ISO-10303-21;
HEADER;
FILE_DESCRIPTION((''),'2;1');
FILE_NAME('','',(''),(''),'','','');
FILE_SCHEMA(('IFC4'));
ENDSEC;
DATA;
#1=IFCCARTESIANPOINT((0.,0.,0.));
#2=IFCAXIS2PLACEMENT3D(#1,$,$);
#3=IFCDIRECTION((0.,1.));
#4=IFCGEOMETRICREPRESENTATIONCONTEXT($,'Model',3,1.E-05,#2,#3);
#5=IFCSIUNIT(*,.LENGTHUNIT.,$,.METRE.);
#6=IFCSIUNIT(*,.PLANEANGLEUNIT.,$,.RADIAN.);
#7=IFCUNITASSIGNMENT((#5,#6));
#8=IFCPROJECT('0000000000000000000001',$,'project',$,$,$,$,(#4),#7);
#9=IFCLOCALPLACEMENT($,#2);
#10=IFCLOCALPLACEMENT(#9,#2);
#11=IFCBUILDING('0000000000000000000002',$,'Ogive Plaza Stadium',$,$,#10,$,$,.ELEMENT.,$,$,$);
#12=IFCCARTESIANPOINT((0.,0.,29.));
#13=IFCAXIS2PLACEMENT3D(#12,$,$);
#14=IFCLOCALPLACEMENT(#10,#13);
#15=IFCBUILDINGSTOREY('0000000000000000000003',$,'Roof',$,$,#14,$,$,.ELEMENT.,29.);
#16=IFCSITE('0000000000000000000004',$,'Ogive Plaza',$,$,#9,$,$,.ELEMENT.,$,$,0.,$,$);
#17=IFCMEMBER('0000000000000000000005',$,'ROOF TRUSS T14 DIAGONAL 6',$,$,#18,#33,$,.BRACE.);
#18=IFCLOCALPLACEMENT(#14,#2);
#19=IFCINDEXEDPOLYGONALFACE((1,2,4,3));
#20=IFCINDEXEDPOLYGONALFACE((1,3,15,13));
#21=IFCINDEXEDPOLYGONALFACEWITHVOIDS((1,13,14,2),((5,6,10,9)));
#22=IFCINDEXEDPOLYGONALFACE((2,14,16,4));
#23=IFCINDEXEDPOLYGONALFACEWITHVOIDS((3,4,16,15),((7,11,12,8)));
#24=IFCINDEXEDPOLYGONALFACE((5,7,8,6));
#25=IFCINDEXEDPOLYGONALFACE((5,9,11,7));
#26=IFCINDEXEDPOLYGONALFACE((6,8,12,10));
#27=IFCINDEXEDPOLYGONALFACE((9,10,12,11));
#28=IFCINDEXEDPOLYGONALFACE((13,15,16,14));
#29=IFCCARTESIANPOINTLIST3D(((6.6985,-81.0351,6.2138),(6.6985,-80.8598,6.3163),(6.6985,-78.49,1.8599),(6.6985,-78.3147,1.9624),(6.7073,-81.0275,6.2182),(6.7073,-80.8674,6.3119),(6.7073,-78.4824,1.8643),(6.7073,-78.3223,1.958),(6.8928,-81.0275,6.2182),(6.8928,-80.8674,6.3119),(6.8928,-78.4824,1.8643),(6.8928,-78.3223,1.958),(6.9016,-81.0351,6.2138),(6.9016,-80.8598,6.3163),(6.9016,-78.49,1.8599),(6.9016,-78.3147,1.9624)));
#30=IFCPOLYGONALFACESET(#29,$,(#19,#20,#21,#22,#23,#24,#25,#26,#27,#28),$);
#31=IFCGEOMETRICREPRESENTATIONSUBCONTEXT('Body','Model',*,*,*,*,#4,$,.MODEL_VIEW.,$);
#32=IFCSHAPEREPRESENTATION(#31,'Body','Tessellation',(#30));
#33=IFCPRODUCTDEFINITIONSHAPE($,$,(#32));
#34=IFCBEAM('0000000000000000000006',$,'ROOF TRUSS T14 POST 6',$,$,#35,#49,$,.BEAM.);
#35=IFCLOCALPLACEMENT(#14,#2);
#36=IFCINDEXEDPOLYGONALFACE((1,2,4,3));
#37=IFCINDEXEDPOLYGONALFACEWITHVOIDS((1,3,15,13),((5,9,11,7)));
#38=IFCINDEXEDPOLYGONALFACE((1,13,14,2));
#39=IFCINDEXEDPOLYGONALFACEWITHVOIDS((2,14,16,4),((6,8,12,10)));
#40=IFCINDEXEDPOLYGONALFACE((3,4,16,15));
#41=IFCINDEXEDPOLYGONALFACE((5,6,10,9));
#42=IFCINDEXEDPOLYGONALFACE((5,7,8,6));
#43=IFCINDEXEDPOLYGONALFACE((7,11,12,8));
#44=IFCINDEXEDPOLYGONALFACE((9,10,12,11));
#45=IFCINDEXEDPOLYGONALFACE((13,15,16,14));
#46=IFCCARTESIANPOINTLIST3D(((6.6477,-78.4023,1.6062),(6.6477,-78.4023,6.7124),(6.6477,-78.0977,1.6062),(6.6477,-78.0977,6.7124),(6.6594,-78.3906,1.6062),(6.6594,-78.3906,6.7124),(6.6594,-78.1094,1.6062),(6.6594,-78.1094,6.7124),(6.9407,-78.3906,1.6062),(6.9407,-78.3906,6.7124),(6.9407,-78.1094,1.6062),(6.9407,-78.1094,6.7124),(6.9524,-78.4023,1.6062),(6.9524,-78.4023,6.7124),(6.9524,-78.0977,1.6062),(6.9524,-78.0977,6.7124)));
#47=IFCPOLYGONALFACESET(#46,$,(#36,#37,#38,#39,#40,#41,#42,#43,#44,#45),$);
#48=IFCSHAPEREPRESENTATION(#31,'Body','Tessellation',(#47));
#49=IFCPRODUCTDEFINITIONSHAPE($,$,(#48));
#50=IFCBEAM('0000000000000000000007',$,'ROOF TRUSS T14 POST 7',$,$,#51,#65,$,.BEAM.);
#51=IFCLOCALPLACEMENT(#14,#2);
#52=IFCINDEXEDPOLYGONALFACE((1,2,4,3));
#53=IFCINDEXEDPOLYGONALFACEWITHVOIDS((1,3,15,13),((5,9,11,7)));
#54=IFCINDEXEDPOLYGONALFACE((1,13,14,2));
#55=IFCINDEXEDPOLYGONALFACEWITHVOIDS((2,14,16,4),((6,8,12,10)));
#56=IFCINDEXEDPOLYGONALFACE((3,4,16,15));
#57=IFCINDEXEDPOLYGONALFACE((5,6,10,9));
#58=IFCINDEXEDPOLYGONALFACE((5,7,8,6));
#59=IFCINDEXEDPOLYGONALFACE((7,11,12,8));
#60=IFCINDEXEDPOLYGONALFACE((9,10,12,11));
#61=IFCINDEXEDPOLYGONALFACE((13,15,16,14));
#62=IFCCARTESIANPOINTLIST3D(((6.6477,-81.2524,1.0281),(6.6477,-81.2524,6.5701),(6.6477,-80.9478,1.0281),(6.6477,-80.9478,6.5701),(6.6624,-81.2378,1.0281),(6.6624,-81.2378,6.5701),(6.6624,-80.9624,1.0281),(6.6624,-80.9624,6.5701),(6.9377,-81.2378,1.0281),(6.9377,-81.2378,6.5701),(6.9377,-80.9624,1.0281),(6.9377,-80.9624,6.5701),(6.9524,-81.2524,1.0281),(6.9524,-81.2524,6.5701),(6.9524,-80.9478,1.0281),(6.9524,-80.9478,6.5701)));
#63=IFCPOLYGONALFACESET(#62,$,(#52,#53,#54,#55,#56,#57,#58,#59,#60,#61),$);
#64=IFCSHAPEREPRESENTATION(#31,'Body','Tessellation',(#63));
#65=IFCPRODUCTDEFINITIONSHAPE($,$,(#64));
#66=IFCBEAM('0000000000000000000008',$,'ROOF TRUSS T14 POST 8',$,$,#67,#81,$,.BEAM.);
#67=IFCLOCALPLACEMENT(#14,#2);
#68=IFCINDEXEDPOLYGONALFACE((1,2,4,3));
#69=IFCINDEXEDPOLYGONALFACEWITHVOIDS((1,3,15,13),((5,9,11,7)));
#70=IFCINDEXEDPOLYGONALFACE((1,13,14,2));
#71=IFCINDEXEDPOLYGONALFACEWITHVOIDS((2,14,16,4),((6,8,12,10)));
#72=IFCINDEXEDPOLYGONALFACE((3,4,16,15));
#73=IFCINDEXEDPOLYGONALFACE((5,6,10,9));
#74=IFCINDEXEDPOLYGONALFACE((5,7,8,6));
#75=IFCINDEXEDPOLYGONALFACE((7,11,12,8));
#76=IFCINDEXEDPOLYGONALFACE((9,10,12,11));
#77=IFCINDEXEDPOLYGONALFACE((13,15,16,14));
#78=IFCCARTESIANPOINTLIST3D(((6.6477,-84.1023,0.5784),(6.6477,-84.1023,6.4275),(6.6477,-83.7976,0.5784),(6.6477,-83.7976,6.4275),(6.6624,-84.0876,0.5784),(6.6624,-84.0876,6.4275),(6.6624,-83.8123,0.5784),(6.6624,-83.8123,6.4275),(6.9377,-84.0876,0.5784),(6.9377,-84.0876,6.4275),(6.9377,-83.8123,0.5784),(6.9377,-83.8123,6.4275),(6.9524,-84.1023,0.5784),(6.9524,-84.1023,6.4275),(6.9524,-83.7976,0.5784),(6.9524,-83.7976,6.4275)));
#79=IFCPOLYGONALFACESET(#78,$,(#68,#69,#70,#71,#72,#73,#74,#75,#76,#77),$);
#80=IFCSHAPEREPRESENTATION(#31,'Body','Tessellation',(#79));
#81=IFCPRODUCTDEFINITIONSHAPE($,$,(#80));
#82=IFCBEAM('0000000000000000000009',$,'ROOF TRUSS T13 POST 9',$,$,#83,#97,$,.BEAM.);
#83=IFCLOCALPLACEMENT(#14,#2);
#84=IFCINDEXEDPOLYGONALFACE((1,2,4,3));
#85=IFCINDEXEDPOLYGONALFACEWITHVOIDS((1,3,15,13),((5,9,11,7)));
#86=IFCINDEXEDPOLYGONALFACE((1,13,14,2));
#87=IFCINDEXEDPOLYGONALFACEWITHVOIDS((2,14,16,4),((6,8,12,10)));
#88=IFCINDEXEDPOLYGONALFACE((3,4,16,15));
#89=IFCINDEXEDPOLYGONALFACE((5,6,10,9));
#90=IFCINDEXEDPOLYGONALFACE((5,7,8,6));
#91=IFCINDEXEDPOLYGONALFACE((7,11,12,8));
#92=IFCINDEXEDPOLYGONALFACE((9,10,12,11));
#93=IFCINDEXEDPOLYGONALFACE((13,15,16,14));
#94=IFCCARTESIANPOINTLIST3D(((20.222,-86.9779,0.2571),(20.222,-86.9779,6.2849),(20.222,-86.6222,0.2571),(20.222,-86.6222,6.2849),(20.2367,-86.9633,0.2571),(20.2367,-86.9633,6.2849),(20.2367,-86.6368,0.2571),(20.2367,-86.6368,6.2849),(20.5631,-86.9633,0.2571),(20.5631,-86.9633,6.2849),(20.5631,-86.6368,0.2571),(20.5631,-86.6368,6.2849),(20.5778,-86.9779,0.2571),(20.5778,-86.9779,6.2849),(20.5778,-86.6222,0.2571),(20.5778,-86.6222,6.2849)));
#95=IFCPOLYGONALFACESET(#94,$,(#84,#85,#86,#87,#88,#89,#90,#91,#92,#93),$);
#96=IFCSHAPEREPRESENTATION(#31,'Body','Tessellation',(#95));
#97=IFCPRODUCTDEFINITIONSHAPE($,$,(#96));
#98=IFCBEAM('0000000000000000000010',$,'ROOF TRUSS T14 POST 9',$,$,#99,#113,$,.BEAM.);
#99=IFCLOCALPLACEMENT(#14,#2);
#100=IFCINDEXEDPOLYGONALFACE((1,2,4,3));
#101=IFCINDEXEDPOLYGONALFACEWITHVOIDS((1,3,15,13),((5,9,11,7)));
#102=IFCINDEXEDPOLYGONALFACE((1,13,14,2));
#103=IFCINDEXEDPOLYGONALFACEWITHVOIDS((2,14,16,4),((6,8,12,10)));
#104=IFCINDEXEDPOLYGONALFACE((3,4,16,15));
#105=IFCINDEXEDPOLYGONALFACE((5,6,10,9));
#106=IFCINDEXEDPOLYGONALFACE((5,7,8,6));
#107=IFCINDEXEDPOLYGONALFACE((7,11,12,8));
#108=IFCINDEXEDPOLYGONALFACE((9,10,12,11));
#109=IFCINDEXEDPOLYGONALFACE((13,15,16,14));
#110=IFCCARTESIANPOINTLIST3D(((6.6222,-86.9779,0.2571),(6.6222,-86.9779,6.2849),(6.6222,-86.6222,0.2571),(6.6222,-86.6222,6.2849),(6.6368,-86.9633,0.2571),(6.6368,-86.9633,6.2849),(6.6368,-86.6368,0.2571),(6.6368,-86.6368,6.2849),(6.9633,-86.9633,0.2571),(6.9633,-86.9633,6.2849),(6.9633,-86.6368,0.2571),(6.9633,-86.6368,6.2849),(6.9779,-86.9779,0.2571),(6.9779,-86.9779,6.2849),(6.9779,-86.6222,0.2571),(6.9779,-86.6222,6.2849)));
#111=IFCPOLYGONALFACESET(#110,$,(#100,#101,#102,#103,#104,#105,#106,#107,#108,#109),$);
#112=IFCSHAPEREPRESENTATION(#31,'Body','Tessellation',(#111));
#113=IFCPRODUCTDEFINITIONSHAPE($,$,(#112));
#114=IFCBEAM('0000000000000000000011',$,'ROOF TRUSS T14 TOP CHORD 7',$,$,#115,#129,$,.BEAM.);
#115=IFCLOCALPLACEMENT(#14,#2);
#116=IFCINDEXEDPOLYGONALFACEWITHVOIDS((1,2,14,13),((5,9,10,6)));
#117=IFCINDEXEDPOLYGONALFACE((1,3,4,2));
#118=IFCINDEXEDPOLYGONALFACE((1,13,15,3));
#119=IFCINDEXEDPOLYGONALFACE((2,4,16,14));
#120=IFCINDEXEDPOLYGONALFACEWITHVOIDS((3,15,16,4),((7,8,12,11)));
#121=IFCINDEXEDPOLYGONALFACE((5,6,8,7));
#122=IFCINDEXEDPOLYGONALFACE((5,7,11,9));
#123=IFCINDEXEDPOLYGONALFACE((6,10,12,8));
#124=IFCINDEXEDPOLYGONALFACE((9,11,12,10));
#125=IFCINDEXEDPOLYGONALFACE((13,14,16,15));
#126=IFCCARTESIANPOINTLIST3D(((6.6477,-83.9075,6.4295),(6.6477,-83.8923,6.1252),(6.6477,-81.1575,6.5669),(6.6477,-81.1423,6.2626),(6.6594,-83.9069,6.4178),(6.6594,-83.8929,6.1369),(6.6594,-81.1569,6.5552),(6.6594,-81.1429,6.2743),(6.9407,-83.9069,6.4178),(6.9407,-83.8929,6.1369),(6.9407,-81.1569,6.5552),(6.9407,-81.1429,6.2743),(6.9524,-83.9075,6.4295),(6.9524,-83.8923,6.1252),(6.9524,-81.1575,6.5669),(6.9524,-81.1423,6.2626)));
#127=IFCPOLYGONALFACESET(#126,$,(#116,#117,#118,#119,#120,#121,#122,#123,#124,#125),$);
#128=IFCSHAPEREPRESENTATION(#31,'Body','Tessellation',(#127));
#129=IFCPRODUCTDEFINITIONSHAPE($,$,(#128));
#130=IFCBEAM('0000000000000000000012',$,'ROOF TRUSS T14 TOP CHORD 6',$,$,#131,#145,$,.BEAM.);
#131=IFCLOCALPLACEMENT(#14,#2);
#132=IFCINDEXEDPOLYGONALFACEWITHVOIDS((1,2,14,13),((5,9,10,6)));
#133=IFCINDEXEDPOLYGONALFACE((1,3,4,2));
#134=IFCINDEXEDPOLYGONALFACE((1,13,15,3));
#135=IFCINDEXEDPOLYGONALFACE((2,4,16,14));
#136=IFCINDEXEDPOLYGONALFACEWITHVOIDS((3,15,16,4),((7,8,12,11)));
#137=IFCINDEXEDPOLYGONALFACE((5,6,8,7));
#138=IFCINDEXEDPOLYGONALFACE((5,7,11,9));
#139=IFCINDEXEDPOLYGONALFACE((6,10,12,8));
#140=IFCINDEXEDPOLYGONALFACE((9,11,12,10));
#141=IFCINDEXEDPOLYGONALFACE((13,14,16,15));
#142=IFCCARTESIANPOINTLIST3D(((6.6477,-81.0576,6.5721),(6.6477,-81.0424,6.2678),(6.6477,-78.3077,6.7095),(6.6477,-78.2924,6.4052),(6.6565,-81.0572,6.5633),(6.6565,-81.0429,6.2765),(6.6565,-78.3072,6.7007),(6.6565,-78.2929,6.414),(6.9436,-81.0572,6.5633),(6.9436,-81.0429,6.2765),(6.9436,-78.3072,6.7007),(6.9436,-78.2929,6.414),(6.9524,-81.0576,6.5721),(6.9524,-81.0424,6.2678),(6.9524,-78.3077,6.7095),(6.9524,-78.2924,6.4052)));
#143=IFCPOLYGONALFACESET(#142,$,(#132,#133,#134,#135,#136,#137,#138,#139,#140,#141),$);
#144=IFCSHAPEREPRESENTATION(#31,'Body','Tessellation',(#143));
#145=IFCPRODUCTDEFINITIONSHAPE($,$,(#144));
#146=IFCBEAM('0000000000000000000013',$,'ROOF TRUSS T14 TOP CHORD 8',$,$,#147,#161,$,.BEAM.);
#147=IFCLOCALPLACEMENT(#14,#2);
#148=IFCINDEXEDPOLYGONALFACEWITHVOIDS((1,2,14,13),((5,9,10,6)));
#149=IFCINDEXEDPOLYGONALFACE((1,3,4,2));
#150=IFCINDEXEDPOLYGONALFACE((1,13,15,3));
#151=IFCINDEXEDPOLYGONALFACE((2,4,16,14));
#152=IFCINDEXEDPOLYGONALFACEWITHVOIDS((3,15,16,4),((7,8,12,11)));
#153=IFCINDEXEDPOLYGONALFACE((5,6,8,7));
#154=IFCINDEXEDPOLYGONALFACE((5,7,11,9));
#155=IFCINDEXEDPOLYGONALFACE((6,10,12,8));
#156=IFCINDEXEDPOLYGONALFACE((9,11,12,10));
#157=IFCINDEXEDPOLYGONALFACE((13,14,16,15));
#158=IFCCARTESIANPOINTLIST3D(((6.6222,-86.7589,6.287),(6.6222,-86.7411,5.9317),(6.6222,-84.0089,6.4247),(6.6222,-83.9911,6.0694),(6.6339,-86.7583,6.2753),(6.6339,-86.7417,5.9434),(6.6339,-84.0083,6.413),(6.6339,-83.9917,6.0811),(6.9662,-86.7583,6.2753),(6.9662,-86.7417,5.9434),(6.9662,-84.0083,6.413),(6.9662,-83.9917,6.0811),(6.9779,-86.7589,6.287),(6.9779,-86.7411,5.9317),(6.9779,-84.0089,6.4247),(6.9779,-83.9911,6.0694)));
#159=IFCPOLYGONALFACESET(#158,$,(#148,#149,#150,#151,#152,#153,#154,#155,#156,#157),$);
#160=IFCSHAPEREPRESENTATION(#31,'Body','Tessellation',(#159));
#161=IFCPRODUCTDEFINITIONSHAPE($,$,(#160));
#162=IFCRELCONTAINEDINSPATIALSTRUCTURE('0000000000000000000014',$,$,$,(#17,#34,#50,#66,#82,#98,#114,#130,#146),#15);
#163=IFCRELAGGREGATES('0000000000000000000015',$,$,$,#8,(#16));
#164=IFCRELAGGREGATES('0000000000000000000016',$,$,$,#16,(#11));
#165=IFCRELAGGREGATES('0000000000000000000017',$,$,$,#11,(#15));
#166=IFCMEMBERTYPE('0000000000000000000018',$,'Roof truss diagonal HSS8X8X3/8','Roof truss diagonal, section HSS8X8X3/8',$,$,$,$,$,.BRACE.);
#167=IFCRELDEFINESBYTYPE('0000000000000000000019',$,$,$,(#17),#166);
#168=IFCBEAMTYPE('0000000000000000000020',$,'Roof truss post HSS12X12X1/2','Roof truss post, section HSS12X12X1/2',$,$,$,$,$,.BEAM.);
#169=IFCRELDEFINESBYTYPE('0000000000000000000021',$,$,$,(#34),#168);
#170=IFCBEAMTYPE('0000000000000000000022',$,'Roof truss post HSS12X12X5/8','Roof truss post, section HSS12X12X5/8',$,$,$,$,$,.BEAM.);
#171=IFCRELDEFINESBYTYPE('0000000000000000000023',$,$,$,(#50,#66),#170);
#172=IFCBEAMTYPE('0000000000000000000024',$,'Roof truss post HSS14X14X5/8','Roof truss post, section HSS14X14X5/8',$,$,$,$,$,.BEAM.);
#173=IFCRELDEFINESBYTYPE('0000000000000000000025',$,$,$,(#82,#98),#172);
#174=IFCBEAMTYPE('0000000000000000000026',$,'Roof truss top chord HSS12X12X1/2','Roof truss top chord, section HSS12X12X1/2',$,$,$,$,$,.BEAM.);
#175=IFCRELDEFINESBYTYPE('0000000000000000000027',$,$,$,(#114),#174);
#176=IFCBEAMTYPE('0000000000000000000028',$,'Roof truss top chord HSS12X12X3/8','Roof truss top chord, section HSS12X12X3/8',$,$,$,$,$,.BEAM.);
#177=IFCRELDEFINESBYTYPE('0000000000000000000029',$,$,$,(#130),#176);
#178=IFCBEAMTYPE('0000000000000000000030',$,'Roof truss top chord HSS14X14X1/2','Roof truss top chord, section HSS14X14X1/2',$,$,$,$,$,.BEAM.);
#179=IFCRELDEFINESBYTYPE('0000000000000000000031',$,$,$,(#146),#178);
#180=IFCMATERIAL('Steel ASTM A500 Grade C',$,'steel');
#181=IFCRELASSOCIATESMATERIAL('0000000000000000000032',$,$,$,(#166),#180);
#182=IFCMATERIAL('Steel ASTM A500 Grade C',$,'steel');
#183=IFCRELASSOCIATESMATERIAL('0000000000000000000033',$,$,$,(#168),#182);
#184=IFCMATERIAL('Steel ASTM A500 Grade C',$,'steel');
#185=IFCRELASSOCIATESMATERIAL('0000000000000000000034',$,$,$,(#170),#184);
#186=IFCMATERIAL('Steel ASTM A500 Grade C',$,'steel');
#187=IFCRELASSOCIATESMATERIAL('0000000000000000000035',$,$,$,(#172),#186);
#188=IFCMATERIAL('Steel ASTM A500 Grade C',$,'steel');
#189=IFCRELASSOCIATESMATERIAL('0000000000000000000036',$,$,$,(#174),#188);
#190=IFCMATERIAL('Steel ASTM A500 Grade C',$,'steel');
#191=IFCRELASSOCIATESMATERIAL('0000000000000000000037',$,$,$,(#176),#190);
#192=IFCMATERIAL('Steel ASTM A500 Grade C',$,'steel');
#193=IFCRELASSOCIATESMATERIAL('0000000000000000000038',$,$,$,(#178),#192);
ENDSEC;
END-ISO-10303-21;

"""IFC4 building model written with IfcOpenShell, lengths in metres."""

from ifc_helpers import new_model, si_unit, direction, frame, origin, origin_2d, place, context, subcontext, project, spatial, hollow_rectangle, extrude, material, material_profile, profile_set, type_object, element, save


model = new_model("IFC4")

# Units and contexts
model_context = context("Model", 3, precision=1e-05, world=origin(), true_north=direction((0.0, 1.0)))
body_context = subcontext(model_context, "Body", "Model", "MODEL_VIEW")
ifc_project = project(units=[si_unit("LENGTHUNIT", "METRE"), si_unit("PLANEANGLEUNIT", "RADIAN")], contexts=[model_context])

# Site, building, storey
site_placement = place(None, origin())
site = spatial("IfcSite", under=ifc_project, at=site_placement, Name="Ogive Plaza", CompositionType="ELEMENT", RefElevation=0.0)
building_placement = place(site_placement, origin())
building = spatial("IfcBuilding", under=site, at=building_placement, Name="Ogive Plaza Stadium", CompositionType="ELEMENT")
storey_placement = place(building_placement, frame((0.0, 0.0, 29.0)))
storey = spatial("IfcBuildingStorey", under=building, at=storey_placement, Name="Roof", CompositionType="ELEMENT", Elevation=29.0)

# Member
ifc_material_1 = material(Name="Steel ASTM A500 Grade C", Category="steel")
ifc_material_profile_1 = material_profile(ifc_material_1, hollow_rectangle(XDim=0.2031, YDim=0.2031, WallThickness=0.0088, at=origin_2d()), Name="HSS8X8X3/8")
ifc_profile_set_1 = profile_set([ifc_material_profile_1], Name="Steel ASTM A500 Grade C")
member_type_1 = type_object("IfcMemberType", Name="Roof truss diagonal HSS8X8X3/8", Description="Roof truss diagonal, section HSS8X8X3/8", PredefinedType="BRACE", material=ifc_profile_set_1)
member_1_placement = place(storey_placement, frame((6.8, -78.4023, 1.9111), z_axis=(0.0, -0.504659, 0.863319), x_axis=(1.0, 0.0, 0.0)))
element("IfcMember", 1, at=member_1_placement, inside=storey, type_object=member_type_1, Name="ROOF TRUSS T14 DIAGONAL 6", PredefinedType="BRACE", context=body_context, shape_type="SweptSolid", body=[
    extrude(hollow_rectangle(XDim=0.2031, YDim=0.2031, WallThickness=0.0088, at=origin_2d()), origin(), (0.0, 0.0, 1.0), 5.0432),
])

# Beams
ifc_material_2 = material(Name="Steel ASTM A500 Grade C", Category="steel")
ifc_material_profile_2 = material_profile(ifc_material_2, hollow_rectangle(XDim=0.3047, YDim=0.3047, WallThickness=0.0117, at=origin_2d()), Name="HSS12X12X1/2")
ifc_profile_set_2 = profile_set([ifc_material_profile_2], Name="Steel ASTM A500 Grade C")
beam_type_1 = type_object("IfcBeamType", Name="Roof truss post HSS12X12X1/2", Description="Roof truss post, section HSS12X12X1/2", PredefinedType="BEAM", material=ifc_profile_set_2)
beam_1_placement = place(storey_placement, frame((6.8, -78.25, 1.6062), z_axis=(0.0, 0.0, 1.0), x_axis=(1.0, 0.0, 0.0)))
element("IfcBeam", 2, at=beam_1_placement, inside=storey, type_object=beam_type_1, Name="ROOF TRUSS T14 POST 6", PredefinedType="BEAM", context=body_context, shape_type="SweptSolid", body=[
    extrude(hollow_rectangle(XDim=0.3047, YDim=0.3047, WallThickness=0.0117, at=origin_2d()), origin(), (0.0, 0.0, 1.0), 5.1062),
])
ifc_material_3 = material(Name="Steel ASTM A500 Grade C", Category="steel")
ifc_material_profile_3 = material_profile(ifc_material_3, hollow_rectangle(XDim=0.3047, YDim=0.3047, WallThickness=0.0146, at=origin_2d()), Name="HSS12X12X5/8")
ifc_profile_set_3 = profile_set([ifc_material_profile_3], Name="Steel ASTM A500 Grade C")
beam_type_2 = type_object("IfcBeamType", Name="Roof truss post HSS12X12X5/8", Description="Roof truss post, section HSS12X12X5/8", PredefinedType="BEAM", material=ifc_profile_set_3)
beam_2_placement = place(storey_placement, frame((6.8, -81.1001, 1.0281), z_axis=(0.0, 0.0, 1.0), x_axis=(1.0, 0.0, 0.0)))
element("IfcBeam", 3, at=beam_2_placement, inside=storey, type_object=beam_type_2, Name="ROOF TRUSS T14 POST 7", PredefinedType="BEAM", context=body_context, shape_type="SweptSolid", body=[
    extrude(hollow_rectangle(XDim=0.3047, YDim=0.3047, WallThickness=0.0146, at=origin_2d()), origin(), (0.0, 0.0, 1.0), 5.542),
])
beam_3_placement = place(storey_placement, frame((6.8, -83.95, 0.5784), z_axis=(0.0, 0.0, 1.0), x_axis=(1.0, 0.0, 0.0)))
element("IfcBeam", 4, at=beam_3_placement, inside=storey, type_object=beam_type_2, Name="ROOF TRUSS T14 POST 8", PredefinedType="BEAM", context=body_context, shape_type="SweptSolid", body=[
    extrude(hollow_rectangle(XDim=0.3047, YDim=0.3047, WallThickness=0.0146, at=origin_2d()), origin(), (0.0, 0.0, 1.0), 5.8491),
])
ifc_material_4 = material(Name="Steel ASTM A500 Grade C", Category="steel")
ifc_material_profile_4 = material_profile(ifc_material_4, hollow_rectangle(XDim=0.3557, YDim=0.3557, WallThickness=0.0146, at=origin_2d()), Name="HSS14X14X5/8")
ifc_profile_set_4 = profile_set([ifc_material_profile_4], Name="Steel ASTM A500 Grade C")
beam_type_3 = type_object("IfcBeamType", Name="Roof truss post HSS14X14X5/8", Description="Roof truss post, section HSS14X14X5/8", PredefinedType="BEAM", material=ifc_profile_set_4)
for number, where, z_axis, x_axis, name in (
    (5, (20.3999, -86.8, 0.2571), (0.0, 0.0, 1.0), (1.0, 0.0, 0.0), "ROOF TRUSS T13 POST 9"),
    (6, (6.8, -86.8, 0.2571), (0.0, 0.0, 1.0), (1.0, 0.0, 0.0), "ROOF TRUSS T14 POST 9"),
):
    element("IfcBeam", number, at=place(storey_placement, frame(where, z_axis=z_axis, x_axis=x_axis)), inside=storey, type_object=beam_type_3, Name=name, PredefinedType="BEAM", context=body_context, shape_type="SweptSolid", body=[
        extrude(hollow_rectangle(XDim=0.3557, YDim=0.3557, WallThickness=0.0146, at=origin_2d()), origin(), (0.0, 0.0, 1.0), 6.0278),
    ])
ifc_material_5 = material(Name="Steel ASTM A500 Grade C", Category="steel")
ifc_material_profile_5 = material_profile(ifc_material_5, hollow_rectangle(XDim=0.3047, YDim=0.3047, WallThickness=0.0117, at=origin_2d()), Name="HSS12X12X1/2")
ifc_profile_set_5 = profile_set([ifc_material_profile_5], Name="Steel ASTM A500 Grade C")
beam_type_4 = type_object("IfcBeamType", Name="Roof truss top chord HSS12X12X1/2", Description="Roof truss top chord, section HSS12X12X1/2", PredefinedType="BEAM", material=ifc_profile_set_5)
beam_4_placement = place(storey_placement, frame((6.8, -81.1499, 6.4148), z_axis=(0.0, -0.998753, -0.04992), x_axis=(1.0, 0.0, 0.0)))
element("IfcBeam", 7, at=beam_4_placement, inside=storey, type_object=beam_type_4, Name="ROOF TRUSS T14 TOP CHORD 7", PredefinedType="BEAM", context=body_context, shape_type="SweptSolid", body=[
    extrude(hollow_rectangle(XDim=0.3047, YDim=0.3047, WallThickness=0.0117, at=origin_2d()), origin(), (0.0, 0.0, 1.0), 2.7534),
])
ifc_material_6 = material(Name="Steel ASTM A500 Grade C", Category="steel")
ifc_material_profile_6 = material_profile(ifc_material_6, hollow_rectangle(XDim=0.3047, YDim=0.3047, WallThickness=0.0088, at=origin_2d()), Name="HSS12X12X3/8")
ifc_profile_set_6 = profile_set([ifc_material_profile_6], Name="Steel ASTM A500 Grade C")
beam_type_5 = type_object("IfcBeamType", Name="Roof truss top chord HSS12X12X3/8", Description="Roof truss top chord, section HSS12X12X3/8", PredefinedType="BEAM", material=ifc_profile_set_6)
beam_5_placement = place(storey_placement, frame((6.8, -78.3, 6.5574), z_axis=(0.0, -0.998753, -0.04992), x_axis=(1.0, 0.0, 0.0)))
element("IfcBeam", 8, at=beam_5_placement, inside=storey, type_object=beam_type_5, Name="ROOF TRUSS T14 TOP CHORD 6", PredefinedType="BEAM", context=body_context, shape_type="SweptSolid", body=[
    extrude(hollow_rectangle(XDim=0.3047, YDim=0.3047, WallThickness=0.0088, at=origin_2d()), origin(), (0.0, 0.0, 1.0), 2.7534),
])
ifc_material_7 = material(Name="Steel ASTM A500 Grade C", Category="steel")
ifc_material_profile_7 = material_profile(ifc_material_7, hollow_rectangle(XDim=0.3557, YDim=0.3557, WallThickness=0.0117, at=origin_2d()), Name="HSS14X14X1/2")
ifc_profile_set_7 = profile_set([ifc_material_profile_7], Name="Steel ASTM A500 Grade C")
beam_type_6 = type_object("IfcBeamType", Name="Roof truss top chord HSS14X14X1/2", Description="Roof truss top chord, section HSS14X14X1/2", PredefinedType="BEAM", material=ifc_profile_set_7)
beam_6_placement = place(storey_placement, frame((6.8, -84.0, 6.2471), z_axis=(0.0, -0.998749, -0.050008), x_axis=(1.0, 0.0, 0.0)))
element("IfcBeam", 9, at=beam_6_placement, inside=storey, type_object=beam_type_6, Name="ROOF TRUSS T14 TOP CHORD 8", PredefinedType="BEAM", context=body_context, shape_type="SweptSolid", body=[
    extrude(hollow_rectangle(XDim=0.3557, YDim=0.3557, WallThickness=0.0117, at=origin_2d()), origin(), (0.0, 0.0, 1.0), 2.7534),
])

save(model, "model.ifc")
